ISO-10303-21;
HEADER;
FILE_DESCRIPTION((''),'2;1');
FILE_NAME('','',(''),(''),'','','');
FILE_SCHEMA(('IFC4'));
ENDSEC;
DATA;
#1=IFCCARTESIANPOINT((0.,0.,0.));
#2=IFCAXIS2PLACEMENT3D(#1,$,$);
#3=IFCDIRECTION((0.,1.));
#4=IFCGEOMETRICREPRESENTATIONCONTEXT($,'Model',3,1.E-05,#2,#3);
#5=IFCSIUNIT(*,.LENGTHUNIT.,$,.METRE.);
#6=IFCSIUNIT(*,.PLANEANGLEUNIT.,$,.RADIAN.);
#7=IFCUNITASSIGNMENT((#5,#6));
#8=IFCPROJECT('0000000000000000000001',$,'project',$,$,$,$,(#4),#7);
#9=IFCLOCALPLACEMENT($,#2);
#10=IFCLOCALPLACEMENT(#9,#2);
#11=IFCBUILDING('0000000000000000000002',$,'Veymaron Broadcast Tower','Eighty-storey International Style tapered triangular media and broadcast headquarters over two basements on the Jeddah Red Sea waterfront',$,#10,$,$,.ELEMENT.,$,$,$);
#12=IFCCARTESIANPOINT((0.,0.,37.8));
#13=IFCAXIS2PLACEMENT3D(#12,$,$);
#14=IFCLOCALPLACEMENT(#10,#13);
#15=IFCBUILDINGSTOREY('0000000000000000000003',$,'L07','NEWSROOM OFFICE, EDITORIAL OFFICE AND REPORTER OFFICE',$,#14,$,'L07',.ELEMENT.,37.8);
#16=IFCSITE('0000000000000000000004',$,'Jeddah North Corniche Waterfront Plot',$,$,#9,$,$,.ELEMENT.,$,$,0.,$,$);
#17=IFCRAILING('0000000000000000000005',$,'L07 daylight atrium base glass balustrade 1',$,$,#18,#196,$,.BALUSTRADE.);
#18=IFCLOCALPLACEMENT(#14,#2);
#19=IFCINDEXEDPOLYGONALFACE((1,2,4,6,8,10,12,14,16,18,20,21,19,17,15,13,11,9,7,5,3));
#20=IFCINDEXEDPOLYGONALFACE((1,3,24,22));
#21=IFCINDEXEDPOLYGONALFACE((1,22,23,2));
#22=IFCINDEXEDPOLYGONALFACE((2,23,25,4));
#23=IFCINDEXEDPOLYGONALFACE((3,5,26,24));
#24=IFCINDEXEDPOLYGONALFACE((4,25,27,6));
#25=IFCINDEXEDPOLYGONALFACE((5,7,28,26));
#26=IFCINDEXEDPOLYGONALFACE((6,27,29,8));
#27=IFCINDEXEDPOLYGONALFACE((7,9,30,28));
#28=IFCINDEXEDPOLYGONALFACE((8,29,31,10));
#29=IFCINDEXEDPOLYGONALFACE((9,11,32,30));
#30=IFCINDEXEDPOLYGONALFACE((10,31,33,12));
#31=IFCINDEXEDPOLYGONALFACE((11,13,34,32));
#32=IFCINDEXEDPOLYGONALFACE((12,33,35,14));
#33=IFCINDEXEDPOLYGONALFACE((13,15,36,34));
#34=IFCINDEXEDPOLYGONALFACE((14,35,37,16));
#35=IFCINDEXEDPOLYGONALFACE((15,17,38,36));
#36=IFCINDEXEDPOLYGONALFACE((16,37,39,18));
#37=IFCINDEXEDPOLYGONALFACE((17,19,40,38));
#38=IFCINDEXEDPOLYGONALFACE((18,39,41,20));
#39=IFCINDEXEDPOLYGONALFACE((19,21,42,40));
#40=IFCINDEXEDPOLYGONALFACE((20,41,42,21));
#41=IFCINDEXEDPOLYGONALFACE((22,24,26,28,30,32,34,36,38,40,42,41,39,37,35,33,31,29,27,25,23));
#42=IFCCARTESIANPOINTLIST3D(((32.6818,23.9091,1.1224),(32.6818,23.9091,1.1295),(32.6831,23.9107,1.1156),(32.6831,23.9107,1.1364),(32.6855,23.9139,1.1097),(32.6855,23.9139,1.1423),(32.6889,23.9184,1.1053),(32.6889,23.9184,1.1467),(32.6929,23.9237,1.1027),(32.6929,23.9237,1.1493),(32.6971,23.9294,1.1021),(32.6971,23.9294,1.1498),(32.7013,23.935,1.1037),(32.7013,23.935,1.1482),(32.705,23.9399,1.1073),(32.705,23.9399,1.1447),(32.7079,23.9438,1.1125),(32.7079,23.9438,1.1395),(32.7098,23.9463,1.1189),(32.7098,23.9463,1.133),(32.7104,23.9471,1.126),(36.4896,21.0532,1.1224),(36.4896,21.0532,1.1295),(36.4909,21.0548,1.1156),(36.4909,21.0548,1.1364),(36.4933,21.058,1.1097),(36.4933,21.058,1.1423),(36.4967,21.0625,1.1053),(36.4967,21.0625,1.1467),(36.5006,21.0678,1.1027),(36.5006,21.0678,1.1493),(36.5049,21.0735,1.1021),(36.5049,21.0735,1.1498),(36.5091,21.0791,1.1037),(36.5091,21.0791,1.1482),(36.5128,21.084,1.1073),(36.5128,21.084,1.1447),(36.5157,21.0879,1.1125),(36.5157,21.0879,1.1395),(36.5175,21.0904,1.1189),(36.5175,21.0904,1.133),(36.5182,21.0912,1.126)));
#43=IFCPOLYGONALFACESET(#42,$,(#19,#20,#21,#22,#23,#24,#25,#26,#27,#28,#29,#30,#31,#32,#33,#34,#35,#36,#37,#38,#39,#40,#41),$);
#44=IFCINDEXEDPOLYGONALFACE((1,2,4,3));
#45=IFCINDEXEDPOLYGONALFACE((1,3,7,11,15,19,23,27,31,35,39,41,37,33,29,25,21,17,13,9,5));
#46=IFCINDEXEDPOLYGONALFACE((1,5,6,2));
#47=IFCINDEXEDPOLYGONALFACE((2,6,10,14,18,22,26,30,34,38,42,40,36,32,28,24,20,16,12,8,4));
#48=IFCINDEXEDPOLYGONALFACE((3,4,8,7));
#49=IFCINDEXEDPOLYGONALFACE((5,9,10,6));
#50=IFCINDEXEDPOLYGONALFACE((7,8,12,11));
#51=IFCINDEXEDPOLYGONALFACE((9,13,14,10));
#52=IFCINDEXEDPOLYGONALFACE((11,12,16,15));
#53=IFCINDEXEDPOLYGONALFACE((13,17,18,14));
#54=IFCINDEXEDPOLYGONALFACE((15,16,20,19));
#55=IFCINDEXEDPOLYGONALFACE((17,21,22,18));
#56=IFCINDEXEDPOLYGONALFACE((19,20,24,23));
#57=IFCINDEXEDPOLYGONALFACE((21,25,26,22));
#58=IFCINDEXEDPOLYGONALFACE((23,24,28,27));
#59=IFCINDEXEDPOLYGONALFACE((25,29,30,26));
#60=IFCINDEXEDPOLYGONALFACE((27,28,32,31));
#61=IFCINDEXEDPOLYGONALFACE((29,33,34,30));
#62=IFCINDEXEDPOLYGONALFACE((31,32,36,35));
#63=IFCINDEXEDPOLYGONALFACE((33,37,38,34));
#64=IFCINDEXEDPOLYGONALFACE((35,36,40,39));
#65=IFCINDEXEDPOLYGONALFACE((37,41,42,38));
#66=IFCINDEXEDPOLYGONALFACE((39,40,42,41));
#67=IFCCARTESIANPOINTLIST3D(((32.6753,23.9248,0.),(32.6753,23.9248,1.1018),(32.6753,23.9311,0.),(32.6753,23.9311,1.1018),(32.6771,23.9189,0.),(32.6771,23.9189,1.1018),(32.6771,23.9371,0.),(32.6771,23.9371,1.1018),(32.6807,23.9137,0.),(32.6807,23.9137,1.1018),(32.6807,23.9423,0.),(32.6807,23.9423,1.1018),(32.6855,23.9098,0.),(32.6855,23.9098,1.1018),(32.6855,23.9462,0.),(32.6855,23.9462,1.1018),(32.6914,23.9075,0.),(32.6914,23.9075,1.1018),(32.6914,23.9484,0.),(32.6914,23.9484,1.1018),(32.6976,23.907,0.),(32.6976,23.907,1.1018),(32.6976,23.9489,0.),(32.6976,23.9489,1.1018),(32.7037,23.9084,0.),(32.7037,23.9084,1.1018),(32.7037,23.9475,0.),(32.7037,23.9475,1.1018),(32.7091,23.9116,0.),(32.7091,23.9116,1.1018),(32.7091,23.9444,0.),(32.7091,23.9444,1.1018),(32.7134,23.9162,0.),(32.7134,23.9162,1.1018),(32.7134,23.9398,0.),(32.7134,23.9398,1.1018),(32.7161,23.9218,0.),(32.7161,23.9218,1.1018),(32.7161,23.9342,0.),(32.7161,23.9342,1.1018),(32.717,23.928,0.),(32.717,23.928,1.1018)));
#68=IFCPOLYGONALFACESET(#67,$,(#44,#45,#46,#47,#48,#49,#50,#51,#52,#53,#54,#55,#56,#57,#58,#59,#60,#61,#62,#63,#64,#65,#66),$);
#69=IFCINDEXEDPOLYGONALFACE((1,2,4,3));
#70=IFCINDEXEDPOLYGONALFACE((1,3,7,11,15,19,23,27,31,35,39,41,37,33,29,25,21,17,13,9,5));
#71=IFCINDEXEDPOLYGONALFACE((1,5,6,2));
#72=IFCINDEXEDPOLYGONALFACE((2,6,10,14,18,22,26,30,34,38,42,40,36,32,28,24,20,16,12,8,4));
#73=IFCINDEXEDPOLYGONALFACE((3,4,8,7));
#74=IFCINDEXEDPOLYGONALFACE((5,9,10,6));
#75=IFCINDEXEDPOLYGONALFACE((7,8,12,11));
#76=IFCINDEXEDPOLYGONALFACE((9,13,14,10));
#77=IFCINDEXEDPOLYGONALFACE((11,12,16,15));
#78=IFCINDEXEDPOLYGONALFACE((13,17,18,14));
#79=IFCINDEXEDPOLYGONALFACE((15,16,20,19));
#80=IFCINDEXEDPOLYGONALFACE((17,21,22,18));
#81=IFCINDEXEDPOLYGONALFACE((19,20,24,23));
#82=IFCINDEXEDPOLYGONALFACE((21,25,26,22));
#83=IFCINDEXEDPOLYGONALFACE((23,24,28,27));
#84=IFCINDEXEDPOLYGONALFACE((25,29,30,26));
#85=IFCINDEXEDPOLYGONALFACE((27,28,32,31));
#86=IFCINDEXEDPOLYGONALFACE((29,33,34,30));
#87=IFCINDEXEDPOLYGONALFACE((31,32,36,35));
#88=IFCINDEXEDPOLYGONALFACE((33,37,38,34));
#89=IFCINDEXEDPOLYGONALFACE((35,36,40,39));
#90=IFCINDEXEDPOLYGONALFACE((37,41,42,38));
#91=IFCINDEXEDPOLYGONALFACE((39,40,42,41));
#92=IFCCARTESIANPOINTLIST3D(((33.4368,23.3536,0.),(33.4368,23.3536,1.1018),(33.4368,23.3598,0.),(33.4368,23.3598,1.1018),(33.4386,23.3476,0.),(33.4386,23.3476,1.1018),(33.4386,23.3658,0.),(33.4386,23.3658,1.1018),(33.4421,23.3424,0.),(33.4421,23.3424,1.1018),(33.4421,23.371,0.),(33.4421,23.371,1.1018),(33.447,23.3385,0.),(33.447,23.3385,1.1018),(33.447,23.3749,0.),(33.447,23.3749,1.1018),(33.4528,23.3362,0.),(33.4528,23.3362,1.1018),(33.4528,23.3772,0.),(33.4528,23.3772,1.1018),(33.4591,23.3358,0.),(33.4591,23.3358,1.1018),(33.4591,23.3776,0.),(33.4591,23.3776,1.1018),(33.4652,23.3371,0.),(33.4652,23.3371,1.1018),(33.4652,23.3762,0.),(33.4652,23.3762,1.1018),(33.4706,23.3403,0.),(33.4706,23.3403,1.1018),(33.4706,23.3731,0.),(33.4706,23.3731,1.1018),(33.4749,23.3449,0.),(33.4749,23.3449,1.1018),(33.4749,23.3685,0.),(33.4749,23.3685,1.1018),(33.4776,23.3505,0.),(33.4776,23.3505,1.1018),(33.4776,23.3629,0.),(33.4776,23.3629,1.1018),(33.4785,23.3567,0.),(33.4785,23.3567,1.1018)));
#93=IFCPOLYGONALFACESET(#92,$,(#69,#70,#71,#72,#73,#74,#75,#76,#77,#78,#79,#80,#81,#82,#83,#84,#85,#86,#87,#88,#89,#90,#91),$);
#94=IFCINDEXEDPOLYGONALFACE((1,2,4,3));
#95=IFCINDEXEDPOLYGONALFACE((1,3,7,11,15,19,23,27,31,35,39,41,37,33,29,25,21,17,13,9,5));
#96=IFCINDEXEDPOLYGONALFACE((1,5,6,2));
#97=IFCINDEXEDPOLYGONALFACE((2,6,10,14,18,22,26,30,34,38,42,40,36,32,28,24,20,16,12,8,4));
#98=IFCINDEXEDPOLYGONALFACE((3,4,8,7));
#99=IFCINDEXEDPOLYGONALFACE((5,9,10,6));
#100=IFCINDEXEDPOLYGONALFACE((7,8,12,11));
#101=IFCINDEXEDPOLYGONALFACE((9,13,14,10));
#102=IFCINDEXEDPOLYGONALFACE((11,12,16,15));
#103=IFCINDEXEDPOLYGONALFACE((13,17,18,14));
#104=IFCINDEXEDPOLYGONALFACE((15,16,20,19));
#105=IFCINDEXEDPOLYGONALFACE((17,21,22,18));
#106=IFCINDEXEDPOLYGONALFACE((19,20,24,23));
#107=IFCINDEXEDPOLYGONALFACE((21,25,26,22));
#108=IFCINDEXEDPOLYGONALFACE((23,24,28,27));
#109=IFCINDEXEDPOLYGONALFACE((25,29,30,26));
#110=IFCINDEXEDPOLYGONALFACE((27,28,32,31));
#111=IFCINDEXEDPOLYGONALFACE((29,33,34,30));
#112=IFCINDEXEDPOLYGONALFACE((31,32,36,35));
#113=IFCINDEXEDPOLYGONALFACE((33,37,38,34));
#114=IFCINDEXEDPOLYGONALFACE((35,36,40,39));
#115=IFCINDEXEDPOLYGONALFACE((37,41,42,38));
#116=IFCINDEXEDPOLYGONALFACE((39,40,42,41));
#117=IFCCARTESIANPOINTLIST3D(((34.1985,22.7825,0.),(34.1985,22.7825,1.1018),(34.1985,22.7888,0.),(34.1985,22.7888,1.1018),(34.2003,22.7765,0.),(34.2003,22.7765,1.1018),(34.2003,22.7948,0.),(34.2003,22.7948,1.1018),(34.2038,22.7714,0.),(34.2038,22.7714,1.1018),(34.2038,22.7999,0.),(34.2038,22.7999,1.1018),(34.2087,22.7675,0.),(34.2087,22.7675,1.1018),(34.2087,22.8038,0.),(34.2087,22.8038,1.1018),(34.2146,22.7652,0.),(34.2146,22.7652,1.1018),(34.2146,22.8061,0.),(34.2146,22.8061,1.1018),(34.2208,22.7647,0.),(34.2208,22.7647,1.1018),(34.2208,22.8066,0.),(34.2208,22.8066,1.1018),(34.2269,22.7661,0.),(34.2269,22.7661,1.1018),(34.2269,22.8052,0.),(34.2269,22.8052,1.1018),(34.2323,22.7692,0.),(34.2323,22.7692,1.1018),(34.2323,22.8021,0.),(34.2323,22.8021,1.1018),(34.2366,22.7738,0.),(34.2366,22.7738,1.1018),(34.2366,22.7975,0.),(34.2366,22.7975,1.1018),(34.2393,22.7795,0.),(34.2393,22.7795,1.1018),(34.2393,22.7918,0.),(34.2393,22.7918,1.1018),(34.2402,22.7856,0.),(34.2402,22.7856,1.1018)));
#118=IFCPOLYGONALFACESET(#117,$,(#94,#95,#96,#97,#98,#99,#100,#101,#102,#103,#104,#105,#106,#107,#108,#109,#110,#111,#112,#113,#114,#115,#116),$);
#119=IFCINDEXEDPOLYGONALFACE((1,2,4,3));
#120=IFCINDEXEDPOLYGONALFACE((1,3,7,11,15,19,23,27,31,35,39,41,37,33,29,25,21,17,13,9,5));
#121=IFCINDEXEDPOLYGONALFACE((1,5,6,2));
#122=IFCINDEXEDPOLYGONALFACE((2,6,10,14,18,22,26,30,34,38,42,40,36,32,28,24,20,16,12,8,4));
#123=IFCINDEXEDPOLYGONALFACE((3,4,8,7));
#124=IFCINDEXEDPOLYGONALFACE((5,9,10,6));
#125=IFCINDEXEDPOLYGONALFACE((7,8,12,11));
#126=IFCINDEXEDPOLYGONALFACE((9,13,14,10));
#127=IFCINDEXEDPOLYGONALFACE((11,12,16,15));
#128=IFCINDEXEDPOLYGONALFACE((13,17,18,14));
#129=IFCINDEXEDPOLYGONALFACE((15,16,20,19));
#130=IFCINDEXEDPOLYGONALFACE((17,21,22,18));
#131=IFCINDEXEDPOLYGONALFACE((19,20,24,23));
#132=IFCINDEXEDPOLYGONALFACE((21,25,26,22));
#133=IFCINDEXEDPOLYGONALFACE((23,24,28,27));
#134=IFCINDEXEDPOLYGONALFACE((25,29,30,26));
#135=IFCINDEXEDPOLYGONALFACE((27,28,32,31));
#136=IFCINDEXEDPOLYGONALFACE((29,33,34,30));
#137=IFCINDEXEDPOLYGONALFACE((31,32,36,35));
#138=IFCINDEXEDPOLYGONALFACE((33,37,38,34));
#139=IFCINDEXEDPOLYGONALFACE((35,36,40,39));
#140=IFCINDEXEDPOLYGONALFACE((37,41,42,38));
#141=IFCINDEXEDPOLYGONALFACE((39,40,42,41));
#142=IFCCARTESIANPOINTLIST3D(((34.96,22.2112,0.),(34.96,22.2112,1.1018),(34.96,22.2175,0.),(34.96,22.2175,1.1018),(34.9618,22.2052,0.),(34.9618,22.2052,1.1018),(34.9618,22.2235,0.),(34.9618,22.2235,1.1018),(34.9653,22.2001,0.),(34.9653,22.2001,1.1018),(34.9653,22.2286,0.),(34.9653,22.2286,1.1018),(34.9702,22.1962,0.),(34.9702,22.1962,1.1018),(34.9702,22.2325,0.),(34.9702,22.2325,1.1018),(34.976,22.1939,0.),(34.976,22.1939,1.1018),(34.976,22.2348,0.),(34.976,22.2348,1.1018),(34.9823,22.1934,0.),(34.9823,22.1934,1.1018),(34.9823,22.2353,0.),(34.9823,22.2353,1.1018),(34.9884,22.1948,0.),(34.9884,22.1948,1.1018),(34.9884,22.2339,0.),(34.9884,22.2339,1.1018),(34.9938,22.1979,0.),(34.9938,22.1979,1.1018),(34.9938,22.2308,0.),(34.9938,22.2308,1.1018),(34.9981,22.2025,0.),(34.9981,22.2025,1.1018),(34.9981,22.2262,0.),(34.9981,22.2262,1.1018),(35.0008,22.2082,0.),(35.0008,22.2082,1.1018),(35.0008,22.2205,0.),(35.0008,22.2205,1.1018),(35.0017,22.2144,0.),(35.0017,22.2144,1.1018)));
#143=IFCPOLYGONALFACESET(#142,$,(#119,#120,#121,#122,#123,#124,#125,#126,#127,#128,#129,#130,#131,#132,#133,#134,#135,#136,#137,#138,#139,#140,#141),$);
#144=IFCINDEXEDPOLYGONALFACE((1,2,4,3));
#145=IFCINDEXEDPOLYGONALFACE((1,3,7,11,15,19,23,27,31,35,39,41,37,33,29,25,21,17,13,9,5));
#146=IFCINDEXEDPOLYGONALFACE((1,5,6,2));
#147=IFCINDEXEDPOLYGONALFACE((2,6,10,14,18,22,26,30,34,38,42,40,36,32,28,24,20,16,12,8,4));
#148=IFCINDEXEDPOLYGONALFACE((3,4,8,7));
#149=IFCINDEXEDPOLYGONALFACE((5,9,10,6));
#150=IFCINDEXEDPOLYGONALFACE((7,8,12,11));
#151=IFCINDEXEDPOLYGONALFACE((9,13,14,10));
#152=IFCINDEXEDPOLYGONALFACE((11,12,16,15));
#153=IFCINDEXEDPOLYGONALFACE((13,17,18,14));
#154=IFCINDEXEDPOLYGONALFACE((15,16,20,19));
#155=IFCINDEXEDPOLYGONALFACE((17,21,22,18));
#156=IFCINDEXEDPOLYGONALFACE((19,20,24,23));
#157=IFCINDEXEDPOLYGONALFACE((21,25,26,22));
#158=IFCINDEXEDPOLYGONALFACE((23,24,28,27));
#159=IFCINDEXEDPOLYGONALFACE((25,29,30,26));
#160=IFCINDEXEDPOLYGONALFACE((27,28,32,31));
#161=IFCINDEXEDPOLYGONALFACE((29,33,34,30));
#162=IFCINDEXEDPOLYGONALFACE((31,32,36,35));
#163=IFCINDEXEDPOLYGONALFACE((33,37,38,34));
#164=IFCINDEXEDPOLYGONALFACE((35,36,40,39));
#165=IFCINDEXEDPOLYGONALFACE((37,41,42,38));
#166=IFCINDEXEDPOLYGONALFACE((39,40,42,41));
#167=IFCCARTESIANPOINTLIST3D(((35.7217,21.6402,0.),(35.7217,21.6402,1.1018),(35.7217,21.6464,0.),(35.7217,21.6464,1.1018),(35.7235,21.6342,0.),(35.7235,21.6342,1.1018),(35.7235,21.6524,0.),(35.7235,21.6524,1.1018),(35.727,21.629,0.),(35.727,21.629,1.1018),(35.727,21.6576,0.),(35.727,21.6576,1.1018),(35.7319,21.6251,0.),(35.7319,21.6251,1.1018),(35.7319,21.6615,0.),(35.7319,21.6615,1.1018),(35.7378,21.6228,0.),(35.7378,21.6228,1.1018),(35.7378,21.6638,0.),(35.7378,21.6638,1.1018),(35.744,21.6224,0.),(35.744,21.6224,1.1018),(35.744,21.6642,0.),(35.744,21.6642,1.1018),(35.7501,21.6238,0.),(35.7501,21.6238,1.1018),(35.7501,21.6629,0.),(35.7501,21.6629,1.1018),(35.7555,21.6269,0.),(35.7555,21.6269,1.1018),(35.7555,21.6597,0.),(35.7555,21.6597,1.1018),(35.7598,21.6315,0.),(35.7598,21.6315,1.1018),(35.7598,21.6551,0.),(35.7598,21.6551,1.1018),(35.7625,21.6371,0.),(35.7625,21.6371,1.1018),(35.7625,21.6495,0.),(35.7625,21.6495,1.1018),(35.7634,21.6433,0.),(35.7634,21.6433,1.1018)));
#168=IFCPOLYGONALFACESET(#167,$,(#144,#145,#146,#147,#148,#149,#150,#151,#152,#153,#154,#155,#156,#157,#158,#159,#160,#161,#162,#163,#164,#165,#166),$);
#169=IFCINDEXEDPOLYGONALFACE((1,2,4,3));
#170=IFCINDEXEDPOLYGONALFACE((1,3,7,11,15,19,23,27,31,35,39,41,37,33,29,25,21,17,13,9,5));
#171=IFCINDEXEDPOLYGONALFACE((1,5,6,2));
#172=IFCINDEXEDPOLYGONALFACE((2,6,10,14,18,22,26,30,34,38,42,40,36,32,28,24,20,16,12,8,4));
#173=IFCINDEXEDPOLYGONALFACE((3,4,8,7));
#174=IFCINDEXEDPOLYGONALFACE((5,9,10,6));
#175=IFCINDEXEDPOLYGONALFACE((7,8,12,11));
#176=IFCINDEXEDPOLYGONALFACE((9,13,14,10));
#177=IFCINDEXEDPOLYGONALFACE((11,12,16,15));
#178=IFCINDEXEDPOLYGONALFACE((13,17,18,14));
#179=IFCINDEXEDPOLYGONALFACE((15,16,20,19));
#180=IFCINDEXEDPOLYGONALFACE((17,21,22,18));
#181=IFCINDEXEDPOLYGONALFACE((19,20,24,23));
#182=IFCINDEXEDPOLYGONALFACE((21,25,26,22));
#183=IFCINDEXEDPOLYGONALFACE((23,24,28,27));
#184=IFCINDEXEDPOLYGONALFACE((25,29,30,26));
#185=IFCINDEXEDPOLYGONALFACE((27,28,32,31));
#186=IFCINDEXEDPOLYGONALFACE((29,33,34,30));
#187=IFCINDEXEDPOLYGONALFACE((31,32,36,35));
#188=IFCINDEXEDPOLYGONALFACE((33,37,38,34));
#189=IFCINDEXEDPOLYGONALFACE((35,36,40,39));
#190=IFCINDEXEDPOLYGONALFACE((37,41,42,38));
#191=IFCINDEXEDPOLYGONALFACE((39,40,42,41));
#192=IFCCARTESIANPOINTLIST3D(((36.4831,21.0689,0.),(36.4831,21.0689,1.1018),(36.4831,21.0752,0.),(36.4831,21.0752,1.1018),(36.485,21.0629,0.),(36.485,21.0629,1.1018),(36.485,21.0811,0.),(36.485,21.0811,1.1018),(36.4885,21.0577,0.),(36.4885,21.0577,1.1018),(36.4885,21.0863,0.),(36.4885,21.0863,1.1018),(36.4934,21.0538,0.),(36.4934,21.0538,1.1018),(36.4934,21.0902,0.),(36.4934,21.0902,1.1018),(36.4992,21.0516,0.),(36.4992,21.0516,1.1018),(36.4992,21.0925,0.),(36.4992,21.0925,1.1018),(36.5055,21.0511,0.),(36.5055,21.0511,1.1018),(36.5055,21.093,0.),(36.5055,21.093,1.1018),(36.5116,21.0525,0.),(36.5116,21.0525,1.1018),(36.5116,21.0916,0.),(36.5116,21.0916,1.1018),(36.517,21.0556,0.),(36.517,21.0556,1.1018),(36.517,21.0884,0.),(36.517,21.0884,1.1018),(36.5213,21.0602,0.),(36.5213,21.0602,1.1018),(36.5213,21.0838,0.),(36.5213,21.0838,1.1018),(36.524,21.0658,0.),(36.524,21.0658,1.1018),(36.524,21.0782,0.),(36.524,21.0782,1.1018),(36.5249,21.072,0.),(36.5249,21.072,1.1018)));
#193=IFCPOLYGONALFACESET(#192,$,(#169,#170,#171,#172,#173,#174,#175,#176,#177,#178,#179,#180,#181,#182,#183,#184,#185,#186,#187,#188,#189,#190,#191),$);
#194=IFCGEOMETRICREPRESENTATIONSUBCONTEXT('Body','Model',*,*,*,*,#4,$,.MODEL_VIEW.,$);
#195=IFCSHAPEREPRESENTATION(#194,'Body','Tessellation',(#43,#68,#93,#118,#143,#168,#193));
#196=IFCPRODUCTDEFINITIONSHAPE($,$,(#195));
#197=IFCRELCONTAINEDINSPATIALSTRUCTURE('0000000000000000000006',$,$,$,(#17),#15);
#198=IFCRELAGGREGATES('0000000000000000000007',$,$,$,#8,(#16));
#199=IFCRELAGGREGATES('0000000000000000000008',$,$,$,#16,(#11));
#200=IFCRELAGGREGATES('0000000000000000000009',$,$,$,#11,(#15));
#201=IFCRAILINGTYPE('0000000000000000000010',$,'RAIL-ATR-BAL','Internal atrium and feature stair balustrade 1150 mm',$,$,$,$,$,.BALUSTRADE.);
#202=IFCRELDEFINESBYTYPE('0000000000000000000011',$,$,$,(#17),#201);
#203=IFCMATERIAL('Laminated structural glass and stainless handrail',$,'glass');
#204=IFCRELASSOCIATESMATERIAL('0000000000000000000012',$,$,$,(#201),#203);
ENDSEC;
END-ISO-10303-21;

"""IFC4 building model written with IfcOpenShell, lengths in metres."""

from ifc_helpers import new_model, si_unit, direction, frame, origin, origin_2d, place, context, subcontext, project, spatial, circle, extrude, material, type_object, element, save


model = new_model("IFC4")

# Units and contexts
model_context = context("Model", 3, precision=1e-05, world=origin(), true_north=direction((0.0, 1.0)))
body_context = subcontext(model_context, "Body", "Model", "MODEL_VIEW")
ifc_project = project(units=[si_unit("LENGTHUNIT", "METRE"), si_unit("PLANEANGLEUNIT", "RADIAN")], contexts=[model_context])

# Site, building, storey
site_placement = place(None, origin())
site = spatial("IfcSite", under=ifc_project, at=site_placement, Name="Jeddah North Corniche Waterfront Plot", CompositionType="ELEMENT", RefElevation=0.0)
building_placement = place(site_placement, origin())
building = spatial("IfcBuilding", under=site, at=building_placement, Name="Veymaron Broadcast Tower", Description="Eighty-storey International Style tapered triangular media and broadcast headquarters over two basements on the Jeddah Red Sea waterfront", CompositionType="ELEMENT")
storey_placement = place(building_placement, frame((0.0, 0.0, 37.8)))
storey = spatial("IfcBuildingStorey", under=building, at=storey_placement, Name="L07", Description="NEWSROOM OFFICE, EDITORIAL OFFICE AND REPORTER OFFICE", LongName="L07", CompositionType="ELEMENT", Elevation=37.8)

# Railing
ifc_material_1 = material(Name="Laminated structural glass and stainless handrail", Category="glass")
railing_type = type_object("IfcRailingType", Name="RAIL-ATR-BAL", Description="Internal atrium and feature stair balustrade 1150 mm", PredefinedType="BALUSTRADE", material=ifc_material_1)
railing_placement = place(storey_placement, frame((32.696, 23.928, 0.0)))
element("IfcRailing", 1, at=railing_placement, inside=storey, type_object=railing_type, Name="L07 daylight atrium base glass balustrade 1", PredefinedType="BALUSTRADE", context=body_context, shape_type="SweptSolid", body=[
    extrude(circle(Radius=0.0239, at=origin_2d()), frame((0.0, 0.0, 1.126), z_axis=(0.799994, -0.600008, 0.0), x_axis=(0.600008, 0.799994, 0.0)), (0.0, 0.0, 1.0), 4.7598),
    extrude(circle(Radius=0.021, at=origin_2d()), origin(), (0.0, 0.0, 1.0), 1.1018),
    extrude(circle(Radius=0.021, at=origin_2d()), frame((0.7615, -0.5713, 0.0)), (0.0, 0.0, 1.0), 1.1018),
    extrude(circle(Radius=0.021, at=origin_2d()), frame((1.5232, -1.1423, 0.0)), (0.0, 0.0, 1.0), 1.1018),
    extrude(circle(Radius=0.021, at=origin_2d()), frame((2.2847, -1.7136, 0.0)), (0.0, 0.0, 1.0), 1.1018),
    extrude(circle(Radius=0.021, at=origin_2d()), frame((3.0464, -2.2847, 0.0)), (0.0, 0.0, 1.0), 1.1018),
    extrude(circle(Radius=0.021, at=origin_2d()), frame((3.8079, -2.856, 0.0)), (0.0, 0.0, 1.0), 1.1018),
])

save(model, "model.ifc")
